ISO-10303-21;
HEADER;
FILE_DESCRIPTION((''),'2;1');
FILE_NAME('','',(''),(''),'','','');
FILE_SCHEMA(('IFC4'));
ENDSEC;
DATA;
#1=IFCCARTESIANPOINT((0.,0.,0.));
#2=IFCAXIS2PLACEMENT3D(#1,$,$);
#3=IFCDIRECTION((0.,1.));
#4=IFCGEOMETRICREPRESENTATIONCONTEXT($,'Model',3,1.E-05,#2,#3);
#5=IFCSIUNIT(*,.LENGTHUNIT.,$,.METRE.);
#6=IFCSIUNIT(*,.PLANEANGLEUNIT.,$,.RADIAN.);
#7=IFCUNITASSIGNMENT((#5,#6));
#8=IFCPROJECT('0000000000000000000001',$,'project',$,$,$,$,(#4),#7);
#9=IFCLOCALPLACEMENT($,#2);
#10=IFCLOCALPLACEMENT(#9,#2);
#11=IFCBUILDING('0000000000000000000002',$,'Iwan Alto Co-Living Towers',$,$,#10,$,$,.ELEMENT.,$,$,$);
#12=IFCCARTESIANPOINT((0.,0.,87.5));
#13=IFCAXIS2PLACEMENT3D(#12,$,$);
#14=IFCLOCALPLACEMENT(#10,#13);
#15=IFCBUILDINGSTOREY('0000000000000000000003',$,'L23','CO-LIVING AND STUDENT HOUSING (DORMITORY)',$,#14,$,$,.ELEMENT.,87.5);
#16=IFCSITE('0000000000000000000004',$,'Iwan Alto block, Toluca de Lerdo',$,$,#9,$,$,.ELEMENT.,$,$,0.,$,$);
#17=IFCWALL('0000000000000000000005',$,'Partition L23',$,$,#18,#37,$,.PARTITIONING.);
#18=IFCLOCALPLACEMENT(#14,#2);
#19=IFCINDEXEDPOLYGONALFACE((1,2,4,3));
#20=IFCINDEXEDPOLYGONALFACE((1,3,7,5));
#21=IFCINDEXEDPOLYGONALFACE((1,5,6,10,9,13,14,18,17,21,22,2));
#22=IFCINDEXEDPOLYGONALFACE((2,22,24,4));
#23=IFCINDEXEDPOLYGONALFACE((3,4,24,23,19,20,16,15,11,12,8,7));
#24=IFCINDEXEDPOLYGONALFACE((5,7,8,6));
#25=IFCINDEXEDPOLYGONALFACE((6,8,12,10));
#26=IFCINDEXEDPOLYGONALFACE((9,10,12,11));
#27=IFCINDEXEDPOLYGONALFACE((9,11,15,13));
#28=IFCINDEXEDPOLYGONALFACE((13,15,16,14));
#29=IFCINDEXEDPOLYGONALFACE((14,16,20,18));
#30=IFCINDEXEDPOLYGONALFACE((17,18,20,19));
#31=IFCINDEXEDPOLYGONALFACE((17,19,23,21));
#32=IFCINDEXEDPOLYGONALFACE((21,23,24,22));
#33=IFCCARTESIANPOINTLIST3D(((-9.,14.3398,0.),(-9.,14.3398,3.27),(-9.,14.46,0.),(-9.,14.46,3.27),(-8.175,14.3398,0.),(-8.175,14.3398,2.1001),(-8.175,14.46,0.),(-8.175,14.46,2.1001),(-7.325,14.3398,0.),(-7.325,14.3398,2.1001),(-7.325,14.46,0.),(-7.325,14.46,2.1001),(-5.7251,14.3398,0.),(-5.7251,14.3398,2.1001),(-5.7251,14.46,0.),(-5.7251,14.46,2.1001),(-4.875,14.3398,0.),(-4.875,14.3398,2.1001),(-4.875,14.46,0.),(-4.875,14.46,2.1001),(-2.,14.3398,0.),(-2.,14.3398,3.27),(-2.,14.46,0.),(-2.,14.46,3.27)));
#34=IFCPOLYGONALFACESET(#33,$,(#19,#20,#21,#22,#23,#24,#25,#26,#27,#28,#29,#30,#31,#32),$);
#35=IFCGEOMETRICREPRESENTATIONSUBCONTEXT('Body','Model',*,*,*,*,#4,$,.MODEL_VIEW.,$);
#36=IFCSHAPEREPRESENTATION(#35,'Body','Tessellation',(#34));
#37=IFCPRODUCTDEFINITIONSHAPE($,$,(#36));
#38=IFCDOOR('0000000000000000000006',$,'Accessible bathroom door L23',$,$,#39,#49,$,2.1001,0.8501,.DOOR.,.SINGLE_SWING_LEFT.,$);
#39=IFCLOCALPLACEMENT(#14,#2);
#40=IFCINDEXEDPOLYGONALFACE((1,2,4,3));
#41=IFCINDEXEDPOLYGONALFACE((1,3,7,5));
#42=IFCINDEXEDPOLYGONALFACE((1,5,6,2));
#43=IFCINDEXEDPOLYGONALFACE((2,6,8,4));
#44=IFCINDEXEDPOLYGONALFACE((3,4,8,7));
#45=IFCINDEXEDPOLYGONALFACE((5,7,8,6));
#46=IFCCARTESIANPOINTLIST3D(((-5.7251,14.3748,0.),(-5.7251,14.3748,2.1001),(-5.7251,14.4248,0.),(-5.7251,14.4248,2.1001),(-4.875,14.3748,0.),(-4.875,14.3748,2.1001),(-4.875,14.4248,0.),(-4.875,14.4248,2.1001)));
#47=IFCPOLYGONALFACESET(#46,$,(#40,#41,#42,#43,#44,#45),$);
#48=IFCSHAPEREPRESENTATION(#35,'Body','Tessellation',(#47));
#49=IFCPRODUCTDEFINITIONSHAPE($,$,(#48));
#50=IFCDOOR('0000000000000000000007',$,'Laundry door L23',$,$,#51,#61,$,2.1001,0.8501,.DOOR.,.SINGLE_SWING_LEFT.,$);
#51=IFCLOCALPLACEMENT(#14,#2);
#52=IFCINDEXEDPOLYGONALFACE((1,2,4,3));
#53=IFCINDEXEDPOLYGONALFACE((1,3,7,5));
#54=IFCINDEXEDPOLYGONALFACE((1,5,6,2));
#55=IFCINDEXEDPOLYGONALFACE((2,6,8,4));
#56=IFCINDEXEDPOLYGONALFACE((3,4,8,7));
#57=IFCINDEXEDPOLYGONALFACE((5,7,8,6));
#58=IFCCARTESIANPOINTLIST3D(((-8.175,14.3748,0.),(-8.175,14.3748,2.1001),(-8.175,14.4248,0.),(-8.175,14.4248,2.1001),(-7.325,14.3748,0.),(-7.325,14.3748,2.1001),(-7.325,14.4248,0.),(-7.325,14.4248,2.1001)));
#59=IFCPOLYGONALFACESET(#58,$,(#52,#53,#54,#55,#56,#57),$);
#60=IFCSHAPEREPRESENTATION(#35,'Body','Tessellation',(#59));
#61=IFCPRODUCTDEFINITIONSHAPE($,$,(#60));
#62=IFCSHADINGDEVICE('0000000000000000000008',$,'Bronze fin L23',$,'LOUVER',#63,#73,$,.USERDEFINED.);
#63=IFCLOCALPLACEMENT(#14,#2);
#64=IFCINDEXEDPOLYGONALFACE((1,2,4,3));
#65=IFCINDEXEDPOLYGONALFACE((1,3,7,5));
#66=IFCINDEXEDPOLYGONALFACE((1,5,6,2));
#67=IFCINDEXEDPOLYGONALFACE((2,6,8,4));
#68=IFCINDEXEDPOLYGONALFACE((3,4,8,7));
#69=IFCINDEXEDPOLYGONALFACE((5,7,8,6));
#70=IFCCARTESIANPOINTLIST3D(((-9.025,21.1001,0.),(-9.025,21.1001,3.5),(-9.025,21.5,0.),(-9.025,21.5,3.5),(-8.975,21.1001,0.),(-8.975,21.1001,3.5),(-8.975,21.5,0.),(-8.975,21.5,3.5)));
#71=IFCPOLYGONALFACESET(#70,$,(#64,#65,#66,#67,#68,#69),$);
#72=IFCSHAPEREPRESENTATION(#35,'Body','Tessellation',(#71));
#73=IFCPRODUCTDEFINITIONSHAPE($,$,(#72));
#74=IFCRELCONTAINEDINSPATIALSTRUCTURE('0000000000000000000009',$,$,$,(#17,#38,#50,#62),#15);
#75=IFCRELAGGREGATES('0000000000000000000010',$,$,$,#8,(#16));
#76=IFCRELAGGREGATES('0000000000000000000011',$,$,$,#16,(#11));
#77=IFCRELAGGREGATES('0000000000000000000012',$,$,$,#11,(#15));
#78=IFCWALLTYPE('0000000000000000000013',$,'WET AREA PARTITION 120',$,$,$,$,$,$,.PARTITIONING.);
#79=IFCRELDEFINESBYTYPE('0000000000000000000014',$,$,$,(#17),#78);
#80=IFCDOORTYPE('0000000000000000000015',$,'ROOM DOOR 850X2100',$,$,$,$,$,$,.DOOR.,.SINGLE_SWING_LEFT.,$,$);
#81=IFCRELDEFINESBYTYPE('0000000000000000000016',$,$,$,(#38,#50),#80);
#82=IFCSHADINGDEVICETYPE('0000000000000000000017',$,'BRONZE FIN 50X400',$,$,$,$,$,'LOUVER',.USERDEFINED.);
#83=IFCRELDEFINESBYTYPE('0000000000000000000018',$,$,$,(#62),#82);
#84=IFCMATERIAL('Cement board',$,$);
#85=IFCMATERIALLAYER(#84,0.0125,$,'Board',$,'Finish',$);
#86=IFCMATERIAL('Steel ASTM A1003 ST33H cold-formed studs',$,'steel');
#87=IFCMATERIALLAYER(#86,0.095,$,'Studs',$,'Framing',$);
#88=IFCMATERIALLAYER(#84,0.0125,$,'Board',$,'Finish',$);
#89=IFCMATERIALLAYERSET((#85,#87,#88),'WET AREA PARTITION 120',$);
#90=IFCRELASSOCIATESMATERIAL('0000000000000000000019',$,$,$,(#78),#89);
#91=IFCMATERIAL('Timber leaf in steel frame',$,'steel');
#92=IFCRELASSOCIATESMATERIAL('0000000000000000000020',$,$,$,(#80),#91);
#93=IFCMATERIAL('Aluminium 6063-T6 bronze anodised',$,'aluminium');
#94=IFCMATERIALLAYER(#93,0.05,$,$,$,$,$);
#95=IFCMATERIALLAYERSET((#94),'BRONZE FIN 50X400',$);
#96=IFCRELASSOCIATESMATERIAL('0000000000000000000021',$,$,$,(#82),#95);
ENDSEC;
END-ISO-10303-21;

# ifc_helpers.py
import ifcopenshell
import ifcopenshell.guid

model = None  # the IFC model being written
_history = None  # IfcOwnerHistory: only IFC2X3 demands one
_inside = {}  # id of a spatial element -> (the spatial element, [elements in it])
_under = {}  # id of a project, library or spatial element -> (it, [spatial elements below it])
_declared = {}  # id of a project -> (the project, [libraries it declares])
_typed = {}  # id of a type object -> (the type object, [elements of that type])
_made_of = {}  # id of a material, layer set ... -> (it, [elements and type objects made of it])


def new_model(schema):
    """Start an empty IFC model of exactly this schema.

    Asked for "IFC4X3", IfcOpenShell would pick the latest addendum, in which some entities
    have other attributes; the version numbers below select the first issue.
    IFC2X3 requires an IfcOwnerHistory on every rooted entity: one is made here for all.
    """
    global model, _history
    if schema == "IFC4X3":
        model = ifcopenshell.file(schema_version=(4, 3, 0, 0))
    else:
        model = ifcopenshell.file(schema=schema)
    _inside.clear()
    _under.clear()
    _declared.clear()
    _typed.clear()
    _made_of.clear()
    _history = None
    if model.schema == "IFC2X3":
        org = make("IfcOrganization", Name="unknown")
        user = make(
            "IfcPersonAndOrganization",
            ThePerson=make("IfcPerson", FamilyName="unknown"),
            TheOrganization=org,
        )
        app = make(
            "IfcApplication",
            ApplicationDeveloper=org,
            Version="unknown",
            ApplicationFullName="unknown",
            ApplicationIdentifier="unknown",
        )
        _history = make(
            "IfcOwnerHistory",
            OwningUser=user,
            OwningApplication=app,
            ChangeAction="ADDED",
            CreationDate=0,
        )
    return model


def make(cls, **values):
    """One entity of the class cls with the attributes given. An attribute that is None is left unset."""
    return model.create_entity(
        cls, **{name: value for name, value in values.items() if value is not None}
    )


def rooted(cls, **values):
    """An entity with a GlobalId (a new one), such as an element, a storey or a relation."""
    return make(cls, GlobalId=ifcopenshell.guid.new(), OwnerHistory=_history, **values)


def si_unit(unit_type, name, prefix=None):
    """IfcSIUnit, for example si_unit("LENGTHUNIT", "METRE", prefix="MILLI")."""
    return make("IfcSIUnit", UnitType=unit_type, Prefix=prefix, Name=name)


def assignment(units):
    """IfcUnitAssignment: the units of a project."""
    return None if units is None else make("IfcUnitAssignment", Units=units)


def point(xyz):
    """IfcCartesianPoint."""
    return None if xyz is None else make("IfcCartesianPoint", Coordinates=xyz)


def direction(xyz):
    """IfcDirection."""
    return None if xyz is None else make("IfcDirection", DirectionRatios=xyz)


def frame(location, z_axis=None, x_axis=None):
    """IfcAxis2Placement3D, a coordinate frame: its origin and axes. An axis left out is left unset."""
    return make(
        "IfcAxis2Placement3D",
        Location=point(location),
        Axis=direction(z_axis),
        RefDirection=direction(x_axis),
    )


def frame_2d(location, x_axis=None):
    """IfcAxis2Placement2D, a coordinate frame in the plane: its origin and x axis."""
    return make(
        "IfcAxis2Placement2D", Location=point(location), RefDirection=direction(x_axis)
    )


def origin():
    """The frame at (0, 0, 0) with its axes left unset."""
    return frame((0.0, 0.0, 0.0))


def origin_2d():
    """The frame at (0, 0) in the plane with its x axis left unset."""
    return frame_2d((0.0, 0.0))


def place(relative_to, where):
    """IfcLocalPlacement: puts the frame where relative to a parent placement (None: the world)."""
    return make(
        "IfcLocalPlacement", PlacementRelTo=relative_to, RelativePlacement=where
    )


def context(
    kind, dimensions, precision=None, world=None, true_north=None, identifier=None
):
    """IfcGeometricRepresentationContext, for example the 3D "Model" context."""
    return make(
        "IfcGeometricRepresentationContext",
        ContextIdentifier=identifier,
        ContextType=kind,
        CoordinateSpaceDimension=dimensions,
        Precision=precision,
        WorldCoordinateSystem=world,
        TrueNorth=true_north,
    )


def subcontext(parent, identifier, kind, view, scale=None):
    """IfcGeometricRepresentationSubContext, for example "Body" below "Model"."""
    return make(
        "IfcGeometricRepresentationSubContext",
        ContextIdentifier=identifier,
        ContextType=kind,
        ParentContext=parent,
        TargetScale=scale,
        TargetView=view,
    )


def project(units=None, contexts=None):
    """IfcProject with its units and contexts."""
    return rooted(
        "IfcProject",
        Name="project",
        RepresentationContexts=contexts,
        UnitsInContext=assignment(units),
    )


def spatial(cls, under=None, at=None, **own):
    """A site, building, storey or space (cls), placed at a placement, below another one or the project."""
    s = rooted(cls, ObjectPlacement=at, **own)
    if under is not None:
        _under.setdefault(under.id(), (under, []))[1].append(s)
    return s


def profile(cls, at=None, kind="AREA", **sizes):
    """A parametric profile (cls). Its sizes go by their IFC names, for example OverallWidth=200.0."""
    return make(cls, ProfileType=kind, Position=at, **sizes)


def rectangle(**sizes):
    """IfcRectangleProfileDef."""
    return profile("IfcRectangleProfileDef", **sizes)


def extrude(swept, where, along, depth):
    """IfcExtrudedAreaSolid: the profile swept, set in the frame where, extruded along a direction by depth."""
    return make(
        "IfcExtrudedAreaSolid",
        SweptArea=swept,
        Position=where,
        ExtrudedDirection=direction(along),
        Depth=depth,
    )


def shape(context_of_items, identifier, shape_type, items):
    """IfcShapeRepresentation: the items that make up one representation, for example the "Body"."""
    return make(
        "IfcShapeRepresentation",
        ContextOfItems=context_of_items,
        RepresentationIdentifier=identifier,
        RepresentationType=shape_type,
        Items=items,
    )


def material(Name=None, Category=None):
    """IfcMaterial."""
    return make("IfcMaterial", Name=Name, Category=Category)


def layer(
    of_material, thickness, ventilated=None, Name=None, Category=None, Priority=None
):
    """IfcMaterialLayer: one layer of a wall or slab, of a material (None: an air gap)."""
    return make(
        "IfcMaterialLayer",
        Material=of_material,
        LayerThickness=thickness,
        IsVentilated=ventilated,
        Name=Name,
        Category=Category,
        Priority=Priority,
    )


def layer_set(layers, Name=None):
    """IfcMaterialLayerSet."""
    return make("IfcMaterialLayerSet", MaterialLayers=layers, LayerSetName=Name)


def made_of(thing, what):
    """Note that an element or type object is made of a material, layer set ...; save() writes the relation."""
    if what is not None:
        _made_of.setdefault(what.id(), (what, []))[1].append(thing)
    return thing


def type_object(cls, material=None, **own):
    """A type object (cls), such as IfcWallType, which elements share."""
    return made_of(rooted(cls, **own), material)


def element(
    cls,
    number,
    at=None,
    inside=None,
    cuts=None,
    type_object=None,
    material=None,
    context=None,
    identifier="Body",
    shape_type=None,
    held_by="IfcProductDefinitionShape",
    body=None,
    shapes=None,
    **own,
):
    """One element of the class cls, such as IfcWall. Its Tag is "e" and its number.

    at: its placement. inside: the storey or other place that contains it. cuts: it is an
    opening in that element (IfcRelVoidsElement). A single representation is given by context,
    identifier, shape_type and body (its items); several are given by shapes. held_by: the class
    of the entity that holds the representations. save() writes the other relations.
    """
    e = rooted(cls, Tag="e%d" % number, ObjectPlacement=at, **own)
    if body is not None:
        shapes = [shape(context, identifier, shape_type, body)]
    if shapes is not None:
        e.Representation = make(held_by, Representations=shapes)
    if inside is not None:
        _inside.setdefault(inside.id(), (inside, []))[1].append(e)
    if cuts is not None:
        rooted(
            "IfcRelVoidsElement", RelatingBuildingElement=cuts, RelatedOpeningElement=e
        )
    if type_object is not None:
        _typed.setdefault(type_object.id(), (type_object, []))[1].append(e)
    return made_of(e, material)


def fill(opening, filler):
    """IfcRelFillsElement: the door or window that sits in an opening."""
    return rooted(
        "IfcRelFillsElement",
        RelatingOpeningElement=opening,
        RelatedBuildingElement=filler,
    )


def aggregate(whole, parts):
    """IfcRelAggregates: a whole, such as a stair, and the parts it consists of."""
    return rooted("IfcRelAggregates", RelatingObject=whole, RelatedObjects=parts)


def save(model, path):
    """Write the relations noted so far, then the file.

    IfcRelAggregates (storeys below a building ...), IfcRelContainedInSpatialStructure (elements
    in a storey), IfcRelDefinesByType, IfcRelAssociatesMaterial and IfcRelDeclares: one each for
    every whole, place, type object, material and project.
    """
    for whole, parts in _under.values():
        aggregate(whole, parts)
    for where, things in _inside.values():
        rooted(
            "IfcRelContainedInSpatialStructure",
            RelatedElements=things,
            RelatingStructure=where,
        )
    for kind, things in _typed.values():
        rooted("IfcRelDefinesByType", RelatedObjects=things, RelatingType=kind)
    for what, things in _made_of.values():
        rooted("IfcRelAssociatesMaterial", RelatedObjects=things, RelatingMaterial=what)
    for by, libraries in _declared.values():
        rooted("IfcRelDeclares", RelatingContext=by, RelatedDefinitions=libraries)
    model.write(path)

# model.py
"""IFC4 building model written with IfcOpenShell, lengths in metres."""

from ifc_helpers import new_model, si_unit, direction, frame, frame_2d, origin, origin_2d, place, context, subcontext, project, spatial, rectangle, extrude, material, layer, layer_set, type_object, element, fill, save


model = new_model("IFC4")

# Units and contexts
model_context = context("Model", 3, precision=1e-05, world=origin(), true_north=direction((0.0, 1.0)))
body_context = subcontext(model_context, "Body", "Model", "MODEL_VIEW")
ifc_project = project(units=[si_unit("LENGTHUNIT", "METRE"), si_unit("PLANEANGLEUNIT", "RADIAN")], contexts=[model_context])

# Site, building, storey
site_placement = place(None, origin())
site = spatial("IfcSite", under=ifc_project, at=site_placement, Name="Iwan Alto block, Toluca de Lerdo", CompositionType="ELEMENT", RefElevation=0.0)
building_placement = place(site_placement, origin())
building = spatial("IfcBuilding", under=site, at=building_placement, Name="Iwan Alto Co-Living Towers", CompositionType="ELEMENT")
storey_placement = place(building_placement, frame((0.0, 0.0, 87.5)))
storey = spatial("IfcBuildingStorey", under=building, at=storey_placement, Name="L23", Description="CO-LIVING AND STUDENT HOUSING (DORMITORY)", CompositionType="ELEMENT", Elevation=87.5)

# Shared definitions
ifc_material_1 = material(Name="Steel ASTM A1003 ST33H cold-formed studs", Category="steel")

# Wall, openings, doors
ifc_material_2 = material(Name="Cement board")
ifc_layer_1 = layer(ifc_material_2, 0.0125, Name="Board", Category="Finish")
ifc_layer_2 = layer(ifc_material_1, 0.095, Name="Studs", Category="Framing")
ifc_layer_3 = layer(ifc_material_2, 0.0125, Name="Board", Category="Finish")
ifc_layer_set_1 = layer_set([ifc_layer_1, ifc_layer_2, ifc_layer_3], Name="WET AREA PARTITION 120")
wall_type_1 = type_object("IfcWallType", Name="WET AREA PARTITION 120", PredefinedType="PARTITIONING", material=ifc_layer_set_1)
wall_1_placement = place(storey_placement, frame((-9.0, 14.3999, 0.0), z_axis=(0.0, 0.0, 1.0), x_axis=(1.0, 0.0, 0.0)))
wall_1 = element("IfcWall", 1, at=wall_1_placement, inside=storey, type_object=wall_type_1, Name="Partition L23", PredefinedType="PARTITIONING", context=body_context, shape_type="SweptSolid", body=[
    extrude(rectangle(XDim=7.0, YDim=0.1201, at=frame_2d((3.5, 0.0))), origin(), (0.0, 0.0, 1.0), 3.27),
])
opening_1_placement = place(wall_1_placement, frame((3.2749, 0.0, 0.0)))
opening_1 = element("IfcOpeningElement", 2, at=opening_1_placement, cuts=wall_1, PredefinedType="OPENING", context=body_context, shape_type="SweptSolid", body=[
    extrude(rectangle(XDim=0.8501, YDim=2.1001, at=frame_2d((0.425, 1.05))), frame((0.0, 0.0701, 0.0), z_axis=(0.0, -1.0, 0.0), x_axis=(1.0, 0.0, 0.0)), (0.0, 0.0, 1.0), 0.1401),
])
opening_2_placement = place(wall_1_placement, frame((0.825, 0.0, 0.0)))
opening_2 = element("IfcOpeningElement", 3, at=opening_2_placement, cuts=wall_1, PredefinedType="OPENING", context=body_context, shape_type="SweptSolid", body=[
    extrude(rectangle(XDim=0.8501, YDim=2.1001, at=frame_2d((0.425, 1.05))), frame((0.0, 0.0701, 0.0), z_axis=(0.0, -1.0, 0.0), x_axis=(1.0, 0.0, 0.0)), (0.0, 0.0, 1.0), 0.1401),
])
ifc_material_3 = material(Name="Timber leaf in steel frame", Category="steel")
door_type_1 = type_object("IfcDoorType", Name="ROOM DOOR 850X2100", OperationType="SINGLE_SWING_LEFT", PredefinedType="DOOR", material=ifc_material_3)
door_1_placement = place(opening_1_placement, origin())
door_1 = element("IfcDoor", 4, at=door_1_placement, inside=storey, type_object=door_type_1, Name="Accessible bathroom door L23", OperationType="SINGLE_SWING_LEFT", OverallHeight=2.1001, OverallWidth=0.8501, PredefinedType="DOOR", context=body_context, shape_type="SweptSolid", body=[
    extrude(rectangle(XDim=0.8501, YDim=2.1001, at=frame_2d((0.425, 1.05))), frame((0.0, 0.0249, 0.0), z_axis=(0.0, -1.0, 0.0), x_axis=(1.0, 0.0, 0.0)), (0.0, 0.0, 1.0), 0.05),
])
fill(opening_1, door_1)
door_2_placement = place(opening_2_placement, origin())
door_2 = element("IfcDoor", 5, at=door_2_placement, inside=storey, type_object=door_type_1, Name="Laundry door L23", OperationType="SINGLE_SWING_LEFT", OverallHeight=2.1001, OverallWidth=0.8501, PredefinedType="DOOR", context=body_context, shape_type="SweptSolid", body=[
    extrude(rectangle(XDim=0.8501, YDim=2.1001, at=frame_2d((0.425, 1.05))), frame((0.0, 0.0249, 0.0), z_axis=(0.0, -1.0, 0.0), x_axis=(1.0, 0.0, 0.0)), (0.0, 0.0, 1.0), 0.05),
])
fill(opening_2, door_2)

# Shading device
ifc_material_4 = material(Name="Aluminium 6063-T6 bronze anodised", Category="aluminium")
ifc_layer_4 = layer(ifc_material_4, 0.05)
ifc_layer_set_2 = layer_set([ifc_layer_4], Name="BRONZE FIN 50X400")
shading_device_type = type_object("IfcShadingDeviceType", Name="BRONZE FIN 50X400", ElementType="LOUVER", PredefinedType="USERDEFINED", material=ifc_layer_set_2)
shading_device_placement = place(storey_placement, frame((-9.0, 21.3, 0.0), z_axis=(0.0, 0.0, 1.0), x_axis=(-1.0, 0.0, 0.0)))
element("IfcShadingDevice", 6, at=shading_device_placement, inside=storey, type_object=shading_device_type, Name="Bronze fin L23", ObjectType="LOUVER", PredefinedType="USERDEFINED", context=body_context, shape_type="SweptSolid", body=[
    extrude(rectangle(XDim=0.05, YDim=0.3999, at=origin_2d()), origin(), (0.0, 0.0, 1.0), 3.5),
])

save(model, "model.ifc")
